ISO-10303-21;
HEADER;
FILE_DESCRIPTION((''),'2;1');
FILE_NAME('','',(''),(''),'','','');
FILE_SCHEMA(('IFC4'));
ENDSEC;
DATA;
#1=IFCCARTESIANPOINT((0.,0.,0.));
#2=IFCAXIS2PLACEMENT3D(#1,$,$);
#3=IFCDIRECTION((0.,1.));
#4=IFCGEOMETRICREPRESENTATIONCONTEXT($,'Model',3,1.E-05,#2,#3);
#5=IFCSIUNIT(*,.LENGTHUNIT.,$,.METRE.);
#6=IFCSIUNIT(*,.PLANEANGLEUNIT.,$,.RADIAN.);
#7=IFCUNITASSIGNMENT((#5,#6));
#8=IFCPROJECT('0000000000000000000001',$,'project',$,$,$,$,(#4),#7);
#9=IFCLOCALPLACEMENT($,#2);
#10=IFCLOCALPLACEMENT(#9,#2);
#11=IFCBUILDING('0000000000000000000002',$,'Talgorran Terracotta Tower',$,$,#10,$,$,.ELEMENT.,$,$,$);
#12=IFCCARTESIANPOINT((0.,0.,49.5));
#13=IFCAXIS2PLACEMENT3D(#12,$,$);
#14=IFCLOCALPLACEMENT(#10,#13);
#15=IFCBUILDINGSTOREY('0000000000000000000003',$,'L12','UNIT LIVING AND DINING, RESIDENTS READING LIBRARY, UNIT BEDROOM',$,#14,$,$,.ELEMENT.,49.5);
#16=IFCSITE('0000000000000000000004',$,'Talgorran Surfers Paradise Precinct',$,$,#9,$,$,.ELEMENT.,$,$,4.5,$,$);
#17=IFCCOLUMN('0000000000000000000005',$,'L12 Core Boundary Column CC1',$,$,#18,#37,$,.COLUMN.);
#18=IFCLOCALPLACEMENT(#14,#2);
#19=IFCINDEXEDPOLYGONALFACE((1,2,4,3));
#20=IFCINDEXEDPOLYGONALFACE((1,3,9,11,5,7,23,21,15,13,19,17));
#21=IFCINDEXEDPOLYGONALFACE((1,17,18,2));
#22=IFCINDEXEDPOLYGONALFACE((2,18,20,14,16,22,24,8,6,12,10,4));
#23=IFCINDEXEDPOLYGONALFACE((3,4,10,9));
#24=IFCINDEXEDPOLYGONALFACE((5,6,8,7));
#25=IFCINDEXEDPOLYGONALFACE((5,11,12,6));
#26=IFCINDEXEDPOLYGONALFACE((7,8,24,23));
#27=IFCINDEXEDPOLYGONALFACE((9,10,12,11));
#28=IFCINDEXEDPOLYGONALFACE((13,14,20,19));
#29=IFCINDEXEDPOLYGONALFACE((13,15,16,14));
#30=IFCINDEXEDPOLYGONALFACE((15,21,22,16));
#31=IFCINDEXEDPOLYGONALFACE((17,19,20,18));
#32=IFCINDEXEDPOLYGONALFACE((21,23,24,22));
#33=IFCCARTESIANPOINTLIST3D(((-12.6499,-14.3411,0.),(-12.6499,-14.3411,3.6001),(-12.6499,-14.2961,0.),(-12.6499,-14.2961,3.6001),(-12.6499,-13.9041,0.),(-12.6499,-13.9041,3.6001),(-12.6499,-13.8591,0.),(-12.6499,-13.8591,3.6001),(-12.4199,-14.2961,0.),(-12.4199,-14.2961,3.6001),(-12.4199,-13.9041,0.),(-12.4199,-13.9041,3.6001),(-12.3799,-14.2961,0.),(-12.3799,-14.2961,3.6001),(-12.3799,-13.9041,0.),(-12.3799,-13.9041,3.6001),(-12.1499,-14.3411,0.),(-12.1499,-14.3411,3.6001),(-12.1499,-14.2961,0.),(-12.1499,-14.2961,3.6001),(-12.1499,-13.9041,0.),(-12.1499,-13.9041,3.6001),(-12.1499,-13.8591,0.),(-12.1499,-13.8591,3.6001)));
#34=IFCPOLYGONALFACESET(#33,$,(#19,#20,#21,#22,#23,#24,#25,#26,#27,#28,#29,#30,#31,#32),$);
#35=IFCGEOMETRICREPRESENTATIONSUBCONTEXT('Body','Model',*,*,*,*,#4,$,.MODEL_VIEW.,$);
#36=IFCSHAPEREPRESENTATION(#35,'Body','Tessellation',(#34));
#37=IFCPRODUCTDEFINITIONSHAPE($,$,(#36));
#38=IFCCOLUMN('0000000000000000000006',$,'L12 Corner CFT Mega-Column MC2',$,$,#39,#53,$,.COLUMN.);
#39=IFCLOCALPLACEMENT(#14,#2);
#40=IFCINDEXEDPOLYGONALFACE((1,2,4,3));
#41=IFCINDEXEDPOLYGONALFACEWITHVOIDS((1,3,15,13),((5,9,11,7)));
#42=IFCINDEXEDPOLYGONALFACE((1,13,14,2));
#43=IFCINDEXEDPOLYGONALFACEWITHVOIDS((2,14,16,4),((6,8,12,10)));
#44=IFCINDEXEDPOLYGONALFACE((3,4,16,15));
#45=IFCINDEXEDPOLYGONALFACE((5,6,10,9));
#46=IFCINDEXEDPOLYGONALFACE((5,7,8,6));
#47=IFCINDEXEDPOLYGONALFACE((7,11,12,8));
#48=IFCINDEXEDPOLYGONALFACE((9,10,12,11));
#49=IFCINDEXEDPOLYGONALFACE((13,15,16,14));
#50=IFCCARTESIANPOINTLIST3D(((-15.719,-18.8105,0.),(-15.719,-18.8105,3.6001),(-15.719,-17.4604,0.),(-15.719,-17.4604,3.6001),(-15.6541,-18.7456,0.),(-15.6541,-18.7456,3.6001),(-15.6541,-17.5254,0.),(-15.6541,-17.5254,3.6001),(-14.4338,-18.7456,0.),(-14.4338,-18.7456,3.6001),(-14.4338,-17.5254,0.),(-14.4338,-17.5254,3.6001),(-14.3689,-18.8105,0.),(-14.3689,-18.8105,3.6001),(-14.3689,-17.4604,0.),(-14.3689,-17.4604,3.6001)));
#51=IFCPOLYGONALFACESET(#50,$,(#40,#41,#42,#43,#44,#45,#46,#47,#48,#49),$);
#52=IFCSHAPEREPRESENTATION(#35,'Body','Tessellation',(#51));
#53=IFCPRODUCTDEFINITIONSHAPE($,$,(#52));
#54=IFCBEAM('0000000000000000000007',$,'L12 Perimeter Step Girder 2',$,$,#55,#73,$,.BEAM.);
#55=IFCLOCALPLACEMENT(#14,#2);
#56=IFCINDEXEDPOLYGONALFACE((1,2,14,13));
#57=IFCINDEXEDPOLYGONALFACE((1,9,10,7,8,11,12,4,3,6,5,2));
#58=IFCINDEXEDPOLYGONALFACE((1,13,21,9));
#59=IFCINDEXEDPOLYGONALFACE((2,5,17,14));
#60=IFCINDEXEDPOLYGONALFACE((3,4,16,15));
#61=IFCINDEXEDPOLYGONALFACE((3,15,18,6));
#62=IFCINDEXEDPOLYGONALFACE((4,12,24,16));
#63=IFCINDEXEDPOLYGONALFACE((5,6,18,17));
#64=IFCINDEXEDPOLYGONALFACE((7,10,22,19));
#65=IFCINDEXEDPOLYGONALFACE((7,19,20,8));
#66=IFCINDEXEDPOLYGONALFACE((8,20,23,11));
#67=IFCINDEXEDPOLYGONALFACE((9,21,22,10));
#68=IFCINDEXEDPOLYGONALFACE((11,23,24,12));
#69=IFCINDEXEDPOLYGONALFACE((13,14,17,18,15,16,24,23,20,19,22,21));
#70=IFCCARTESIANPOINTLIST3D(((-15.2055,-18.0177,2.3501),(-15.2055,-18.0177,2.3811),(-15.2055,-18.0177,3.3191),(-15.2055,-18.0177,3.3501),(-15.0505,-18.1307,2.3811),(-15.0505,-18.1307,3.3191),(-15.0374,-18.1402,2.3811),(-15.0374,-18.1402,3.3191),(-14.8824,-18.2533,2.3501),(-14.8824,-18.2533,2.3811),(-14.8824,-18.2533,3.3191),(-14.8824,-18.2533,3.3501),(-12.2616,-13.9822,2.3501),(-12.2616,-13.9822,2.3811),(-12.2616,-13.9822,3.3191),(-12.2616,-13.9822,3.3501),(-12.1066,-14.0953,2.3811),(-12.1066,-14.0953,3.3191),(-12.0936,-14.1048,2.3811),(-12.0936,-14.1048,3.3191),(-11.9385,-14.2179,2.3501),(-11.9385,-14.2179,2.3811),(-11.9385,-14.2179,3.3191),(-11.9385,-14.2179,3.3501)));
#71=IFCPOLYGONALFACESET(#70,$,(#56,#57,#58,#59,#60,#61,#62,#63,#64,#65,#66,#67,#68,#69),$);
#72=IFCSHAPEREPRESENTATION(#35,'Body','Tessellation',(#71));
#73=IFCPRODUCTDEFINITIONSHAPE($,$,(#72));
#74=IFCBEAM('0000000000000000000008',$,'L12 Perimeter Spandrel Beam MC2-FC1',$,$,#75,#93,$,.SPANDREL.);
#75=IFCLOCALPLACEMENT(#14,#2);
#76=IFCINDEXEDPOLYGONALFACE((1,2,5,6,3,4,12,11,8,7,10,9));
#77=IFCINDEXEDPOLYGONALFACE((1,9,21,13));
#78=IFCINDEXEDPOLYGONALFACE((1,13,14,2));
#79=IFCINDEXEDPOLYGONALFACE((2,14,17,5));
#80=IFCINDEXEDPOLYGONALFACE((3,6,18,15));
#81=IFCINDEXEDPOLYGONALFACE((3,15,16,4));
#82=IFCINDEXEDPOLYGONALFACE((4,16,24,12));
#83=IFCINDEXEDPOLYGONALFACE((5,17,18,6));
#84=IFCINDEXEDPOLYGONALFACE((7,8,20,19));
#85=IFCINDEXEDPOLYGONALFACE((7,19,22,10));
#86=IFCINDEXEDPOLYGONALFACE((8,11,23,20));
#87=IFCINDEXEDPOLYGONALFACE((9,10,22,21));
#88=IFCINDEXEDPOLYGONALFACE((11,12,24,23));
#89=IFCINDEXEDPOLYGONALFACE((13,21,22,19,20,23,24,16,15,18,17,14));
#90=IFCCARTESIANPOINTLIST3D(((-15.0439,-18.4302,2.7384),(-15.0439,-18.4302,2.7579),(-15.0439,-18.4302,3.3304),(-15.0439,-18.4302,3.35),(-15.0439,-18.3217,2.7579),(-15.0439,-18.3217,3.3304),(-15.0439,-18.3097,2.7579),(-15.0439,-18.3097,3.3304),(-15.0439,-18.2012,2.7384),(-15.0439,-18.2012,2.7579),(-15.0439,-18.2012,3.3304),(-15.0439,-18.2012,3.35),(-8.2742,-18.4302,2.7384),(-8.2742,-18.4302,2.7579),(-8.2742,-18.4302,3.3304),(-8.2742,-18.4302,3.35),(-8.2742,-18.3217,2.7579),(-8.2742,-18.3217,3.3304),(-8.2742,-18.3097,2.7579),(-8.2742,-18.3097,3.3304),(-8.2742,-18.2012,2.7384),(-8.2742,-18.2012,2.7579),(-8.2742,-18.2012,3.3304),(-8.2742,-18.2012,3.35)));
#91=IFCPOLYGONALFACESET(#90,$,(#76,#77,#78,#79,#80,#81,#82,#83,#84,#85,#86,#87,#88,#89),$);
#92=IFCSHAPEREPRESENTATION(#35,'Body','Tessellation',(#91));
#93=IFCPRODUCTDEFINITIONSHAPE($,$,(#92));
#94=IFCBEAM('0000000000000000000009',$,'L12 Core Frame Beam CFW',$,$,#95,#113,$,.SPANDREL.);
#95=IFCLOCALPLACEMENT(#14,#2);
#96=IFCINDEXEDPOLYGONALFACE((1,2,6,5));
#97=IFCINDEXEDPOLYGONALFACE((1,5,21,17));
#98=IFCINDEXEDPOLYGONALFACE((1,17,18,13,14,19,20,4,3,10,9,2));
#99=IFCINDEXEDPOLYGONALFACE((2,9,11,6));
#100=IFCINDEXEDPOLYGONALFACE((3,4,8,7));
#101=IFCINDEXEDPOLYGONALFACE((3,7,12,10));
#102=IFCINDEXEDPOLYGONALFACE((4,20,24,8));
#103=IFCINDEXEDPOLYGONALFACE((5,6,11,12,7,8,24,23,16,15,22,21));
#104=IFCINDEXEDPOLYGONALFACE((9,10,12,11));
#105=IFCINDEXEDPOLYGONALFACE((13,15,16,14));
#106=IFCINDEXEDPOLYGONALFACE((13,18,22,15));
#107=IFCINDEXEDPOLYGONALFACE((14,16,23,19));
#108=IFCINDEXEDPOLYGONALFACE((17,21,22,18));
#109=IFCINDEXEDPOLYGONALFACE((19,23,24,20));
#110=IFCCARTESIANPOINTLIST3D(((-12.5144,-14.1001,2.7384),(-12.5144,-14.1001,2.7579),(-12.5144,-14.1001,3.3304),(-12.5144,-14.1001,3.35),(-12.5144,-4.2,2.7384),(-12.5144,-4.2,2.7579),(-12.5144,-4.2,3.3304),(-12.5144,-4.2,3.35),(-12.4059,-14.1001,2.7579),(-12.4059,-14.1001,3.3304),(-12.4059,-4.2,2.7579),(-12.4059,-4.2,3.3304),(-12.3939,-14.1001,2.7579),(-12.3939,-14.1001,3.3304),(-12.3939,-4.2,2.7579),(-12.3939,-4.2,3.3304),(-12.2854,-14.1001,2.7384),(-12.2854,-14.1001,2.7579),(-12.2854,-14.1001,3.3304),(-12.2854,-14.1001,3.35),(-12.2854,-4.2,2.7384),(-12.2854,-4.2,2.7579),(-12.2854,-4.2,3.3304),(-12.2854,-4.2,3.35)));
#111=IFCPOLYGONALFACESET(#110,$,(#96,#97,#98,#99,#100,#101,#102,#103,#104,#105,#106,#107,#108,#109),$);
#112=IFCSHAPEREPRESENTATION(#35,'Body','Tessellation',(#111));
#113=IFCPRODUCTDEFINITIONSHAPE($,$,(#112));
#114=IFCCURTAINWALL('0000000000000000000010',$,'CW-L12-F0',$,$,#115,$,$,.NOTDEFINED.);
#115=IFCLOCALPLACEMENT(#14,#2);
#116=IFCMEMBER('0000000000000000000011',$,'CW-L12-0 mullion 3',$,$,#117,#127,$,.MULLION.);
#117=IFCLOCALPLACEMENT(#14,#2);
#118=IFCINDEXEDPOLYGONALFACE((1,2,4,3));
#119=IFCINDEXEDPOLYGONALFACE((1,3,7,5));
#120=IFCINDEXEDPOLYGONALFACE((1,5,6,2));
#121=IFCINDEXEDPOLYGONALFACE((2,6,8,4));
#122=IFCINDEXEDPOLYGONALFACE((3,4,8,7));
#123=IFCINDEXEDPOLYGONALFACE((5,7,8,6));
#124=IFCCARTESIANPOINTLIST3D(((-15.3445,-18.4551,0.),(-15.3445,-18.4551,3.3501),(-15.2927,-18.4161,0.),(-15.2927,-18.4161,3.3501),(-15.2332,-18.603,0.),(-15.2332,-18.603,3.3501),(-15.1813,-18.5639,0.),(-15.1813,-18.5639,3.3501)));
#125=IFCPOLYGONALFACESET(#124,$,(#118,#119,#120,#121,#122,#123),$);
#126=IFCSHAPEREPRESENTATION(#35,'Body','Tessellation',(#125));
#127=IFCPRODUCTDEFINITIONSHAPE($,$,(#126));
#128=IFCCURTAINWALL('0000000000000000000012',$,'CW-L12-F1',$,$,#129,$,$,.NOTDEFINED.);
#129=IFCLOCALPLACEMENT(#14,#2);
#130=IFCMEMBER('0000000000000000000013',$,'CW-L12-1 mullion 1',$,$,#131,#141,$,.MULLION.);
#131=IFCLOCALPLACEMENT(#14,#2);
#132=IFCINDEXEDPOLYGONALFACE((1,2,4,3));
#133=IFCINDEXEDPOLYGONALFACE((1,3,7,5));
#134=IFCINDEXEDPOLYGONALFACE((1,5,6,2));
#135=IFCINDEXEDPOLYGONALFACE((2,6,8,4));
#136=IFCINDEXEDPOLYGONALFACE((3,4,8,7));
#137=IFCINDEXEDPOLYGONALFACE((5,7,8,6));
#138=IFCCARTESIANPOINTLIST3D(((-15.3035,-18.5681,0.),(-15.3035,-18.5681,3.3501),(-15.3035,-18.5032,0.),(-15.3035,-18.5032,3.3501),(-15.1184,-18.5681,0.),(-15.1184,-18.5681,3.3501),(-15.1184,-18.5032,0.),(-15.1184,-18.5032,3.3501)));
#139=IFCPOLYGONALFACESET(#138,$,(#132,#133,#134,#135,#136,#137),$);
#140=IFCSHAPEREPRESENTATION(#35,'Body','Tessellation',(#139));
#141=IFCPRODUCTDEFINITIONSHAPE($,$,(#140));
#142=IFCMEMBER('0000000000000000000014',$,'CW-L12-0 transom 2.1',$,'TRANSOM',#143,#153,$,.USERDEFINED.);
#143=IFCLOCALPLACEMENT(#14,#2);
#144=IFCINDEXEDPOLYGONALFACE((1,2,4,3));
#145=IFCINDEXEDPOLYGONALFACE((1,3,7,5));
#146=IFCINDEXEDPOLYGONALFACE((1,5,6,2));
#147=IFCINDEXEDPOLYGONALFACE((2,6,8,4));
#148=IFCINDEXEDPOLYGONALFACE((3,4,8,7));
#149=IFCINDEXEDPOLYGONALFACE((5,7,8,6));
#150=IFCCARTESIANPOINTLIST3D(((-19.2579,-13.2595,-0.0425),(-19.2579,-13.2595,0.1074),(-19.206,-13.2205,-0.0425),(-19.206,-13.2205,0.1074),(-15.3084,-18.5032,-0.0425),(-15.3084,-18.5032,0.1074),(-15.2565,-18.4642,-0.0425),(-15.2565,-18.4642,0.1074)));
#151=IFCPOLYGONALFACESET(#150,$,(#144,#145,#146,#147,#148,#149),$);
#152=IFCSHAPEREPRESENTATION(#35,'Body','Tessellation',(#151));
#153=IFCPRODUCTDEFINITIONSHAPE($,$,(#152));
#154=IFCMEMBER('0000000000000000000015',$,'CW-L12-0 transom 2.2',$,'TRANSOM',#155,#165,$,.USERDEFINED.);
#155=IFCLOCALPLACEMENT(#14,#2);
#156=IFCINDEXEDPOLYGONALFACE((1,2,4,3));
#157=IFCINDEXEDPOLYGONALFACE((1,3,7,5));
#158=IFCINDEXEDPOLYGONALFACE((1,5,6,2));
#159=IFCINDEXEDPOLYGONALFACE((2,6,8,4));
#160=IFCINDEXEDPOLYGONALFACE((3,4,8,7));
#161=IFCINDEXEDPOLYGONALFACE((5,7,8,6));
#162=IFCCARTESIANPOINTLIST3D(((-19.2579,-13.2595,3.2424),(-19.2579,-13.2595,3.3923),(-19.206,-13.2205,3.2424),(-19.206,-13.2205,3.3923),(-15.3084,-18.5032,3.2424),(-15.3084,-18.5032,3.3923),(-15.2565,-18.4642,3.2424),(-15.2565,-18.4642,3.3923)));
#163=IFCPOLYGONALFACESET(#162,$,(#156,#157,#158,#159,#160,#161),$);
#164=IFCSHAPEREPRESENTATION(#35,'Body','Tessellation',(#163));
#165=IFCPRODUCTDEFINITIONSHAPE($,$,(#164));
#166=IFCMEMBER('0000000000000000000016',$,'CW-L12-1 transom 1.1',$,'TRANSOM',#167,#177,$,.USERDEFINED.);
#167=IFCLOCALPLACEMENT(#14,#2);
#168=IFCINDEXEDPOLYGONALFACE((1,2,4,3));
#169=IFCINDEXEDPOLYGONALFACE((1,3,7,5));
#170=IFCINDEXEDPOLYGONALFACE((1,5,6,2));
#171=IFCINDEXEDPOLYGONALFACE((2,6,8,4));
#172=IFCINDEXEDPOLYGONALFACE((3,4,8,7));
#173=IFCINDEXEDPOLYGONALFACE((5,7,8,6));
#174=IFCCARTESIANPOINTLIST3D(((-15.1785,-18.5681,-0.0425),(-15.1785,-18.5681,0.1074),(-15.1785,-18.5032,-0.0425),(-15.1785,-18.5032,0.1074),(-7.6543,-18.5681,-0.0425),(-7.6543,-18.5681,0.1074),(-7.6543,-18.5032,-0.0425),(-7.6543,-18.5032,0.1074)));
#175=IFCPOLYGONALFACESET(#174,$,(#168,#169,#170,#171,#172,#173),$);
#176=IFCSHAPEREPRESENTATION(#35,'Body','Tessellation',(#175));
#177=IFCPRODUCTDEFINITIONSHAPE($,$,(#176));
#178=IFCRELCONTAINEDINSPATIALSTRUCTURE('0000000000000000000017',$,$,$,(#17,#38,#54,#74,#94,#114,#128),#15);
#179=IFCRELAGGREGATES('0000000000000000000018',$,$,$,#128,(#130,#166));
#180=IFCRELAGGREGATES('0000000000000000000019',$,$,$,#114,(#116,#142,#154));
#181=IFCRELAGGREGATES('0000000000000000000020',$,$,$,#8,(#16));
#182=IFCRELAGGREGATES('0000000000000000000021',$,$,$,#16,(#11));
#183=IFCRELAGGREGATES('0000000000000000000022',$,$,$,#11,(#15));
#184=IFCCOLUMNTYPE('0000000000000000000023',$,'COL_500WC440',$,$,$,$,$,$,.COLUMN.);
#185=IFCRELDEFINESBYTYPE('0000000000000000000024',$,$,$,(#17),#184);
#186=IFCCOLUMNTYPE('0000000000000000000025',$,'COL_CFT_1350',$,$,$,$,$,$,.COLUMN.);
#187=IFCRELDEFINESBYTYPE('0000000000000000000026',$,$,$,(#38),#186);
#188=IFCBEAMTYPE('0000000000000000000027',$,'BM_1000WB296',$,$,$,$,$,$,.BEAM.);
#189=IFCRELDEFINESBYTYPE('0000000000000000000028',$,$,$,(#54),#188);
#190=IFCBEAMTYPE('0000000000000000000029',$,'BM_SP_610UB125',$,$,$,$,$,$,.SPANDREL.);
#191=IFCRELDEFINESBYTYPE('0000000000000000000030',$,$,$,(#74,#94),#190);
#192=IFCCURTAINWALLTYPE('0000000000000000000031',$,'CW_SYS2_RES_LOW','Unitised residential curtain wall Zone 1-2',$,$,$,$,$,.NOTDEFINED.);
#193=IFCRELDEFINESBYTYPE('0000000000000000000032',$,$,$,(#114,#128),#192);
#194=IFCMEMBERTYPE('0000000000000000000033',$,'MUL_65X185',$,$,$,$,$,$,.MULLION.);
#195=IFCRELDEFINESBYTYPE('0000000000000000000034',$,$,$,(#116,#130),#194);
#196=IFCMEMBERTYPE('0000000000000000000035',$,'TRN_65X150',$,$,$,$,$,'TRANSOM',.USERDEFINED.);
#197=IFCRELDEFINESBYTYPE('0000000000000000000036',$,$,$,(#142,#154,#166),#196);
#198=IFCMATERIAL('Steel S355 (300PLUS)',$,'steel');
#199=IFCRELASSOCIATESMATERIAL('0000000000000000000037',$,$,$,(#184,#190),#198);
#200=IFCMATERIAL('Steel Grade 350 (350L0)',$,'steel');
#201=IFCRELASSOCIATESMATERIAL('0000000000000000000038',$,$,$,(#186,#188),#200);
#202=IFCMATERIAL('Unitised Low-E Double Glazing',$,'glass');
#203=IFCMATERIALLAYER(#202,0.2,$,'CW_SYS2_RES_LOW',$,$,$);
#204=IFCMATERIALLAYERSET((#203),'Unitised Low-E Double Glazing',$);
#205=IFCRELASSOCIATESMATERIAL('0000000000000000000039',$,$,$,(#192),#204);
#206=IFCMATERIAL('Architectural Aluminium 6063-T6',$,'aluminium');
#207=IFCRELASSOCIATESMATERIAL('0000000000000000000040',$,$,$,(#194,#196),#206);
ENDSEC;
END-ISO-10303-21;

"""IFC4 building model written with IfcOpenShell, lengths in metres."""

from ifc_helpers import new_model, si_unit, direction, frame, origin, origin_2d, place, context, subcontext, project, spatial, rectangle, hollow_rectangle, i_section, extrude, material, layer, layer_set, material_profile, profile_set, type_object, element, aggregate, save


model = new_model("IFC4")

# Units and contexts
model_context = context("Model", 3, precision=1e-05, world=origin(), true_north=direction((0.0, 1.0)))
body_context = subcontext(model_context, "Body", "Model", "MODEL_VIEW")
ifc_project = project(units=[si_unit("LENGTHUNIT", "METRE"), si_unit("PLANEANGLEUNIT", "RADIAN")], contexts=[model_context])

# Site, building, storey
site_placement = place(None, origin())
site = spatial("IfcSite", under=ifc_project, at=site_placement, Name="Talgorran Surfers Paradise Precinct", CompositionType="ELEMENT", RefElevation=4.5)
building_placement = place(site_placement, origin())
building = spatial("IfcBuilding", under=site, at=building_placement, Name="Talgorran Terracotta Tower", CompositionType="ELEMENT")
storey_placement = place(building_placement, frame((0.0, 0.0, 49.5)))
storey = spatial("IfcBuildingStorey", under=building, at=storey_placement, Name="L12", Description="UNIT LIVING AND DINING, RESIDENTS READING LIBRARY, UNIT BEDROOM", CompositionType="ELEMENT", Elevation=49.5)

# Columns
ifc_material_1 = material(Name="Steel S355 (300PLUS)", Category="steel")
ifc_material_profile_1 = material_profile(ifc_material_1, i_section(OverallWidth=0.5, OverallDepth=0.4819, WebThickness=0.04, FlangeThickness=0.0449, at=origin_2d()), Name="500WC440")
ifc_profile_set_1 = profile_set([ifc_material_profile_1], Name="Steel S355 (300PLUS)")
column_type_1 = type_object("IfcColumnType", Name="COL_500WC440", PredefinedType="COLUMN", material=ifc_profile_set_1)
column_1_placement = place(storey_placement, frame((-12.3999, -14.1001, 0.0), z_axis=(0.0, 0.0, 1.0), x_axis=(1.0, 0.0, 0.0)))
element("IfcColumn", 1, at=column_1_placement, inside=storey, type_object=column_type_1, Name="L12 Core Boundary Column CC1", PredefinedType="COLUMN", context=body_context, shape_type="SweptSolid", body=[
    extrude(i_section(OverallWidth=0.5, OverallDepth=0.4819, WebThickness=0.04, FlangeThickness=0.0449, at=origin_2d()), origin(), (0.0, 0.0, 1.0), 3.6001),
])
ifc_material_2 = material(Name="Steel Grade 350 (350L0)", Category="steel")
ifc_material_profile_2 = material_profile(ifc_material_2, hollow_rectangle(XDim=1.3501, YDim=1.3501, WallThickness=0.0649, at=origin_2d()), Name="CFT1350X1350X65")
ifc_profile_set_2 = profile_set([ifc_material_profile_2], Name="Steel Grade 350 (350L0)")
column_type_2 = type_object("IfcColumnType", Name="COL_CFT_1350", PredefinedType="COLUMN", material=ifc_profile_set_2)
column_2_placement = place(storey_placement, frame((-15.0439, -18.1355, 0.0), z_axis=(0.0, 0.0, 1.0), x_axis=(1.0, 0.0, 0.0)))
element("IfcColumn", 2, at=column_2_placement, inside=storey, type_object=column_type_2, Name="L12 Corner CFT Mega-Column MC2", PredefinedType="COLUMN", context=body_context, shape_type="SweptSolid", body=[
    extrude(hollow_rectangle(XDim=1.3501, YDim=1.3501, WallThickness=0.0649, at=origin_2d()), origin(), (0.0, 0.0, 1.0), 3.6001),
])

# Beams
ifc_material_profile_3 = material_profile(ifc_material_2, i_section(OverallWidth=0.3999, OverallDepth=1.0, WebThickness=0.0161, FlangeThickness=0.031, at=origin_2d()), Name="1000WB296")
ifc_profile_set_3 = profile_set([ifc_material_profile_3], Name="Steel Grade 350 (350L0)")
beam_type_1 = type_object("IfcBeamType", Name="BM_1000WB296", PredefinedType="BEAM", material=ifc_profile_set_3)
beam_1_placement = place(storey_placement, frame((-15.0439, -18.1355, 2.8501), z_axis=(0.589351, 0.807877, 0.0), x_axis=(-0.807877, 0.589351, 0.0)))
element("IfcBeam", 3, at=beam_1_placement, inside=storey, type_object=beam_type_1, Name="L12 Perimeter Step Girder 2", PredefinedType="BEAM", context=body_context, shape_type="SweptSolid", body=[
    extrude(i_section(OverallWidth=0.3999, OverallDepth=1.0, WebThickness=0.0161, FlangeThickness=0.031, at=origin_2d()), origin(), (0.0, 0.0, 1.0), 4.9951),
])
ifc_material_profile_4 = material_profile(ifc_material_1, i_section(OverallWidth=0.229, OverallDepth=0.6116, WebThickness=0.012, FlangeThickness=0.0195, at=origin_2d()), Name="610UB125")
ifc_profile_set_4 = profile_set([ifc_material_profile_4], Name="Steel S355 (300PLUS)")
beam_type_2 = type_object("IfcBeamType", Name="BM_SP_610UB125", PredefinedType="SPANDREL", material=ifc_profile_set_4)
beam_2_placement = place(storey_placement, frame((-15.0439, -18.3157, 3.0442), z_axis=(1.0, 0.0, 0.0), x_axis=(0.0, 1.0, 0.0)))
element("IfcBeam", 4, at=beam_2_placement, inside=storey, type_object=beam_type_2, Name="L12 Perimeter Spandrel Beam MC2-FC1", PredefinedType="SPANDREL", context=body_context, shape_type="SweptSolid", body=[
    extrude(i_section(OverallWidth=0.229, OverallDepth=0.6116, WebThickness=0.012, FlangeThickness=0.0195, at=origin_2d()), origin(), (0.0, 0.0, 1.0), 6.7698),
])
beam_3_placement = place(storey_placement, frame((-12.3999, -14.1001, 3.0442), z_axis=(0.0, 1.0, 0.0), x_axis=(-1.0, 0.0, 0.0)))
element("IfcBeam", 5, at=beam_3_placement, inside=storey, type_object=beam_type_2, Name="L12 Core Frame Beam CFW", PredefinedType="SPANDREL", context=body_context, shape_type="SweptSolid", body=[
    extrude(i_section(OverallWidth=0.229, OverallDepth=0.6116, WebThickness=0.012, FlangeThickness=0.0195, at=origin_2d()), origin(), (0.0, 0.0, 1.0), 9.9001),
])

# Curtain walls, members
ifc_material_3 = material(Name="Unitised Low-E Double Glazing", Category="glass")
ifc_layer_1 = layer(ifc_material_3, 0.2, Name="CW_SYS2_RES_LOW")
ifc_layer_set_1 = layer_set([ifc_layer_1], Name="Unitised Low-E Double Glazing")
curtain_wall_type = type_object("IfcCurtainWallType", Name="CW_SYS2_RES_LOW", Description="Unitised residential curtain wall Zone 1-2", PredefinedType="NOTDEFINED", material=ifc_layer_set_1)
curtain_wall_1_placement = place(storey_placement, origin())
curtain_wall_1 = element("IfcCurtainWall", 6, at=curtain_wall_1_placement, inside=storey, type_object=curtain_wall_type, Name="CW-L12-F0", PredefinedType="NOTDEFINED")
ifc_material_4 = material(Name="Architectural Aluminium 6063-T6", Category="aluminium")
ifc_material_profile_5 = material_profile(ifc_material_4, rectangle(XDim=0.0649, YDim=0.1851, at=origin_2d()), Name="CWM65X185")
ifc_profile_set_5 = profile_set([ifc_material_profile_5], Name="Architectural Aluminium 6063-T6")
member_type_1 = type_object("IfcMemberType", Name="MUL_65X185", PredefinedType="MULLION", material=ifc_profile_set_5)
member_1_placement = place(storey_placement, frame((-15.2629, -18.5095, 0.0), z_axis=(0.0, 0.0, 1.0), x_axis=(0.798774, 0.601632, 0.0)))
member_1 = element("IfcMember", 7, at=member_1_placement, type_object=member_type_1, Name="CW-L12-0 mullion 3", PredefinedType="MULLION", context=body_context, shape_type="SweptSolid", body=[
    extrude(rectangle(XDim=0.0649, YDim=0.1851, at=origin_2d()), origin(), (0.0, 0.0, 1.0), 3.3501),
])
curtain_wall_2_placement = place(storey_placement, origin())
curtain_wall_2 = element("IfcCurtainWall", 8, at=curtain_wall_2_placement, inside=storey, type_object=curtain_wall_type, Name="CW-L12-F1", PredefinedType="NOTDEFINED")
member_2_placement = place(storey_placement, frame((-15.2109, -18.5356, 0.0), z_axis=(0.0, 0.0, 1.0), x_axis=(0.0, 1.0, 0.0)))
member_2 = element("IfcMember", 9, at=member_2_placement, type_object=member_type_1, Name="CW-L12-1 mullion 1", PredefinedType="MULLION", context=body_context, shape_type="SweptSolid", body=[
    extrude(rectangle(XDim=0.0649, YDim=0.1851, at=origin_2d()), origin(), (0.0, 0.0, 1.0), 3.3501),
])

# Members
ifc_material_profile_6 = material_profile(ifc_material_4, rectangle(XDim=0.0649, YDim=0.1499, at=origin_2d()), Name="CWT65X150")
ifc_profile_set_6 = profile_set([ifc_material_profile_6], Name="Architectural Aluminium 6063-T6")
member_type_2 = type_object("IfcMemberType", Name="TRN_65X150", ElementType="TRANSOM", PredefinedType="USERDEFINED", material=ifc_profile_set_6)
member_3_placement = place(storey_placement, frame((-19.2319, -13.24, 0.0325), z_axis=(0.601629, -0.798776, 0.0), x_axis=(0.798776, 0.601629, 0.0)))
member_3 = element("IfcMember", 10, at=member_3_placement, type_object=member_type_2, Name="CW-L12-0 transom 2.1", ObjectType="TRANSOM", PredefinedType="USERDEFINED", context=body_context, shape_type="SweptSolid", body=[
    extrude(rectangle(XDim=0.0649, YDim=0.1499, at=origin_2d()), origin(), (0.0, 0.0, 1.0), 6.5647),
])
member_4_placement = place(storey_placement, frame((-19.2319, -13.24, 3.3174), z_axis=(0.601629, -0.798776, 0.0), x_axis=(0.798776, 0.601629, 0.0)))
member_4 = element("IfcMember", 11, at=member_4_placement, type_object=member_type_2, Name="CW-L12-0 transom 2.2", ObjectType="TRANSOM", PredefinedType="USERDEFINED", context=body_context, shape_type="SweptSolid", body=[
    extrude(rectangle(XDim=0.0649, YDim=0.1499, at=origin_2d()), origin(), (0.0, 0.0, 1.0), 6.5647),
])
member_5_placement = place(storey_placement, frame((-15.1785, -18.5356, 0.0325), z_axis=(1.0, 0.0, 0.0), x_axis=(0.0, 1.0, 0.0)))
member_5 = element("IfcMember", 12, at=member_5_placement, type_object=member_type_2, Name="CW-L12-1 transom 1.1", ObjectType="TRANSOM", PredefinedType="USERDEFINED", context=body_context, shape_type="SweptSolid", body=[
    extrude(rectangle(XDim=0.0649, YDim=0.1499, at=origin_2d()), origin(), (0.0, 0.0, 1.0), 7.5242),
])
aggregate(curtain_wall_2, [member_2, member_5])

aggregate(curtain_wall_1, [member_1, member_3, member_4])

save(model, "model.ifc")
